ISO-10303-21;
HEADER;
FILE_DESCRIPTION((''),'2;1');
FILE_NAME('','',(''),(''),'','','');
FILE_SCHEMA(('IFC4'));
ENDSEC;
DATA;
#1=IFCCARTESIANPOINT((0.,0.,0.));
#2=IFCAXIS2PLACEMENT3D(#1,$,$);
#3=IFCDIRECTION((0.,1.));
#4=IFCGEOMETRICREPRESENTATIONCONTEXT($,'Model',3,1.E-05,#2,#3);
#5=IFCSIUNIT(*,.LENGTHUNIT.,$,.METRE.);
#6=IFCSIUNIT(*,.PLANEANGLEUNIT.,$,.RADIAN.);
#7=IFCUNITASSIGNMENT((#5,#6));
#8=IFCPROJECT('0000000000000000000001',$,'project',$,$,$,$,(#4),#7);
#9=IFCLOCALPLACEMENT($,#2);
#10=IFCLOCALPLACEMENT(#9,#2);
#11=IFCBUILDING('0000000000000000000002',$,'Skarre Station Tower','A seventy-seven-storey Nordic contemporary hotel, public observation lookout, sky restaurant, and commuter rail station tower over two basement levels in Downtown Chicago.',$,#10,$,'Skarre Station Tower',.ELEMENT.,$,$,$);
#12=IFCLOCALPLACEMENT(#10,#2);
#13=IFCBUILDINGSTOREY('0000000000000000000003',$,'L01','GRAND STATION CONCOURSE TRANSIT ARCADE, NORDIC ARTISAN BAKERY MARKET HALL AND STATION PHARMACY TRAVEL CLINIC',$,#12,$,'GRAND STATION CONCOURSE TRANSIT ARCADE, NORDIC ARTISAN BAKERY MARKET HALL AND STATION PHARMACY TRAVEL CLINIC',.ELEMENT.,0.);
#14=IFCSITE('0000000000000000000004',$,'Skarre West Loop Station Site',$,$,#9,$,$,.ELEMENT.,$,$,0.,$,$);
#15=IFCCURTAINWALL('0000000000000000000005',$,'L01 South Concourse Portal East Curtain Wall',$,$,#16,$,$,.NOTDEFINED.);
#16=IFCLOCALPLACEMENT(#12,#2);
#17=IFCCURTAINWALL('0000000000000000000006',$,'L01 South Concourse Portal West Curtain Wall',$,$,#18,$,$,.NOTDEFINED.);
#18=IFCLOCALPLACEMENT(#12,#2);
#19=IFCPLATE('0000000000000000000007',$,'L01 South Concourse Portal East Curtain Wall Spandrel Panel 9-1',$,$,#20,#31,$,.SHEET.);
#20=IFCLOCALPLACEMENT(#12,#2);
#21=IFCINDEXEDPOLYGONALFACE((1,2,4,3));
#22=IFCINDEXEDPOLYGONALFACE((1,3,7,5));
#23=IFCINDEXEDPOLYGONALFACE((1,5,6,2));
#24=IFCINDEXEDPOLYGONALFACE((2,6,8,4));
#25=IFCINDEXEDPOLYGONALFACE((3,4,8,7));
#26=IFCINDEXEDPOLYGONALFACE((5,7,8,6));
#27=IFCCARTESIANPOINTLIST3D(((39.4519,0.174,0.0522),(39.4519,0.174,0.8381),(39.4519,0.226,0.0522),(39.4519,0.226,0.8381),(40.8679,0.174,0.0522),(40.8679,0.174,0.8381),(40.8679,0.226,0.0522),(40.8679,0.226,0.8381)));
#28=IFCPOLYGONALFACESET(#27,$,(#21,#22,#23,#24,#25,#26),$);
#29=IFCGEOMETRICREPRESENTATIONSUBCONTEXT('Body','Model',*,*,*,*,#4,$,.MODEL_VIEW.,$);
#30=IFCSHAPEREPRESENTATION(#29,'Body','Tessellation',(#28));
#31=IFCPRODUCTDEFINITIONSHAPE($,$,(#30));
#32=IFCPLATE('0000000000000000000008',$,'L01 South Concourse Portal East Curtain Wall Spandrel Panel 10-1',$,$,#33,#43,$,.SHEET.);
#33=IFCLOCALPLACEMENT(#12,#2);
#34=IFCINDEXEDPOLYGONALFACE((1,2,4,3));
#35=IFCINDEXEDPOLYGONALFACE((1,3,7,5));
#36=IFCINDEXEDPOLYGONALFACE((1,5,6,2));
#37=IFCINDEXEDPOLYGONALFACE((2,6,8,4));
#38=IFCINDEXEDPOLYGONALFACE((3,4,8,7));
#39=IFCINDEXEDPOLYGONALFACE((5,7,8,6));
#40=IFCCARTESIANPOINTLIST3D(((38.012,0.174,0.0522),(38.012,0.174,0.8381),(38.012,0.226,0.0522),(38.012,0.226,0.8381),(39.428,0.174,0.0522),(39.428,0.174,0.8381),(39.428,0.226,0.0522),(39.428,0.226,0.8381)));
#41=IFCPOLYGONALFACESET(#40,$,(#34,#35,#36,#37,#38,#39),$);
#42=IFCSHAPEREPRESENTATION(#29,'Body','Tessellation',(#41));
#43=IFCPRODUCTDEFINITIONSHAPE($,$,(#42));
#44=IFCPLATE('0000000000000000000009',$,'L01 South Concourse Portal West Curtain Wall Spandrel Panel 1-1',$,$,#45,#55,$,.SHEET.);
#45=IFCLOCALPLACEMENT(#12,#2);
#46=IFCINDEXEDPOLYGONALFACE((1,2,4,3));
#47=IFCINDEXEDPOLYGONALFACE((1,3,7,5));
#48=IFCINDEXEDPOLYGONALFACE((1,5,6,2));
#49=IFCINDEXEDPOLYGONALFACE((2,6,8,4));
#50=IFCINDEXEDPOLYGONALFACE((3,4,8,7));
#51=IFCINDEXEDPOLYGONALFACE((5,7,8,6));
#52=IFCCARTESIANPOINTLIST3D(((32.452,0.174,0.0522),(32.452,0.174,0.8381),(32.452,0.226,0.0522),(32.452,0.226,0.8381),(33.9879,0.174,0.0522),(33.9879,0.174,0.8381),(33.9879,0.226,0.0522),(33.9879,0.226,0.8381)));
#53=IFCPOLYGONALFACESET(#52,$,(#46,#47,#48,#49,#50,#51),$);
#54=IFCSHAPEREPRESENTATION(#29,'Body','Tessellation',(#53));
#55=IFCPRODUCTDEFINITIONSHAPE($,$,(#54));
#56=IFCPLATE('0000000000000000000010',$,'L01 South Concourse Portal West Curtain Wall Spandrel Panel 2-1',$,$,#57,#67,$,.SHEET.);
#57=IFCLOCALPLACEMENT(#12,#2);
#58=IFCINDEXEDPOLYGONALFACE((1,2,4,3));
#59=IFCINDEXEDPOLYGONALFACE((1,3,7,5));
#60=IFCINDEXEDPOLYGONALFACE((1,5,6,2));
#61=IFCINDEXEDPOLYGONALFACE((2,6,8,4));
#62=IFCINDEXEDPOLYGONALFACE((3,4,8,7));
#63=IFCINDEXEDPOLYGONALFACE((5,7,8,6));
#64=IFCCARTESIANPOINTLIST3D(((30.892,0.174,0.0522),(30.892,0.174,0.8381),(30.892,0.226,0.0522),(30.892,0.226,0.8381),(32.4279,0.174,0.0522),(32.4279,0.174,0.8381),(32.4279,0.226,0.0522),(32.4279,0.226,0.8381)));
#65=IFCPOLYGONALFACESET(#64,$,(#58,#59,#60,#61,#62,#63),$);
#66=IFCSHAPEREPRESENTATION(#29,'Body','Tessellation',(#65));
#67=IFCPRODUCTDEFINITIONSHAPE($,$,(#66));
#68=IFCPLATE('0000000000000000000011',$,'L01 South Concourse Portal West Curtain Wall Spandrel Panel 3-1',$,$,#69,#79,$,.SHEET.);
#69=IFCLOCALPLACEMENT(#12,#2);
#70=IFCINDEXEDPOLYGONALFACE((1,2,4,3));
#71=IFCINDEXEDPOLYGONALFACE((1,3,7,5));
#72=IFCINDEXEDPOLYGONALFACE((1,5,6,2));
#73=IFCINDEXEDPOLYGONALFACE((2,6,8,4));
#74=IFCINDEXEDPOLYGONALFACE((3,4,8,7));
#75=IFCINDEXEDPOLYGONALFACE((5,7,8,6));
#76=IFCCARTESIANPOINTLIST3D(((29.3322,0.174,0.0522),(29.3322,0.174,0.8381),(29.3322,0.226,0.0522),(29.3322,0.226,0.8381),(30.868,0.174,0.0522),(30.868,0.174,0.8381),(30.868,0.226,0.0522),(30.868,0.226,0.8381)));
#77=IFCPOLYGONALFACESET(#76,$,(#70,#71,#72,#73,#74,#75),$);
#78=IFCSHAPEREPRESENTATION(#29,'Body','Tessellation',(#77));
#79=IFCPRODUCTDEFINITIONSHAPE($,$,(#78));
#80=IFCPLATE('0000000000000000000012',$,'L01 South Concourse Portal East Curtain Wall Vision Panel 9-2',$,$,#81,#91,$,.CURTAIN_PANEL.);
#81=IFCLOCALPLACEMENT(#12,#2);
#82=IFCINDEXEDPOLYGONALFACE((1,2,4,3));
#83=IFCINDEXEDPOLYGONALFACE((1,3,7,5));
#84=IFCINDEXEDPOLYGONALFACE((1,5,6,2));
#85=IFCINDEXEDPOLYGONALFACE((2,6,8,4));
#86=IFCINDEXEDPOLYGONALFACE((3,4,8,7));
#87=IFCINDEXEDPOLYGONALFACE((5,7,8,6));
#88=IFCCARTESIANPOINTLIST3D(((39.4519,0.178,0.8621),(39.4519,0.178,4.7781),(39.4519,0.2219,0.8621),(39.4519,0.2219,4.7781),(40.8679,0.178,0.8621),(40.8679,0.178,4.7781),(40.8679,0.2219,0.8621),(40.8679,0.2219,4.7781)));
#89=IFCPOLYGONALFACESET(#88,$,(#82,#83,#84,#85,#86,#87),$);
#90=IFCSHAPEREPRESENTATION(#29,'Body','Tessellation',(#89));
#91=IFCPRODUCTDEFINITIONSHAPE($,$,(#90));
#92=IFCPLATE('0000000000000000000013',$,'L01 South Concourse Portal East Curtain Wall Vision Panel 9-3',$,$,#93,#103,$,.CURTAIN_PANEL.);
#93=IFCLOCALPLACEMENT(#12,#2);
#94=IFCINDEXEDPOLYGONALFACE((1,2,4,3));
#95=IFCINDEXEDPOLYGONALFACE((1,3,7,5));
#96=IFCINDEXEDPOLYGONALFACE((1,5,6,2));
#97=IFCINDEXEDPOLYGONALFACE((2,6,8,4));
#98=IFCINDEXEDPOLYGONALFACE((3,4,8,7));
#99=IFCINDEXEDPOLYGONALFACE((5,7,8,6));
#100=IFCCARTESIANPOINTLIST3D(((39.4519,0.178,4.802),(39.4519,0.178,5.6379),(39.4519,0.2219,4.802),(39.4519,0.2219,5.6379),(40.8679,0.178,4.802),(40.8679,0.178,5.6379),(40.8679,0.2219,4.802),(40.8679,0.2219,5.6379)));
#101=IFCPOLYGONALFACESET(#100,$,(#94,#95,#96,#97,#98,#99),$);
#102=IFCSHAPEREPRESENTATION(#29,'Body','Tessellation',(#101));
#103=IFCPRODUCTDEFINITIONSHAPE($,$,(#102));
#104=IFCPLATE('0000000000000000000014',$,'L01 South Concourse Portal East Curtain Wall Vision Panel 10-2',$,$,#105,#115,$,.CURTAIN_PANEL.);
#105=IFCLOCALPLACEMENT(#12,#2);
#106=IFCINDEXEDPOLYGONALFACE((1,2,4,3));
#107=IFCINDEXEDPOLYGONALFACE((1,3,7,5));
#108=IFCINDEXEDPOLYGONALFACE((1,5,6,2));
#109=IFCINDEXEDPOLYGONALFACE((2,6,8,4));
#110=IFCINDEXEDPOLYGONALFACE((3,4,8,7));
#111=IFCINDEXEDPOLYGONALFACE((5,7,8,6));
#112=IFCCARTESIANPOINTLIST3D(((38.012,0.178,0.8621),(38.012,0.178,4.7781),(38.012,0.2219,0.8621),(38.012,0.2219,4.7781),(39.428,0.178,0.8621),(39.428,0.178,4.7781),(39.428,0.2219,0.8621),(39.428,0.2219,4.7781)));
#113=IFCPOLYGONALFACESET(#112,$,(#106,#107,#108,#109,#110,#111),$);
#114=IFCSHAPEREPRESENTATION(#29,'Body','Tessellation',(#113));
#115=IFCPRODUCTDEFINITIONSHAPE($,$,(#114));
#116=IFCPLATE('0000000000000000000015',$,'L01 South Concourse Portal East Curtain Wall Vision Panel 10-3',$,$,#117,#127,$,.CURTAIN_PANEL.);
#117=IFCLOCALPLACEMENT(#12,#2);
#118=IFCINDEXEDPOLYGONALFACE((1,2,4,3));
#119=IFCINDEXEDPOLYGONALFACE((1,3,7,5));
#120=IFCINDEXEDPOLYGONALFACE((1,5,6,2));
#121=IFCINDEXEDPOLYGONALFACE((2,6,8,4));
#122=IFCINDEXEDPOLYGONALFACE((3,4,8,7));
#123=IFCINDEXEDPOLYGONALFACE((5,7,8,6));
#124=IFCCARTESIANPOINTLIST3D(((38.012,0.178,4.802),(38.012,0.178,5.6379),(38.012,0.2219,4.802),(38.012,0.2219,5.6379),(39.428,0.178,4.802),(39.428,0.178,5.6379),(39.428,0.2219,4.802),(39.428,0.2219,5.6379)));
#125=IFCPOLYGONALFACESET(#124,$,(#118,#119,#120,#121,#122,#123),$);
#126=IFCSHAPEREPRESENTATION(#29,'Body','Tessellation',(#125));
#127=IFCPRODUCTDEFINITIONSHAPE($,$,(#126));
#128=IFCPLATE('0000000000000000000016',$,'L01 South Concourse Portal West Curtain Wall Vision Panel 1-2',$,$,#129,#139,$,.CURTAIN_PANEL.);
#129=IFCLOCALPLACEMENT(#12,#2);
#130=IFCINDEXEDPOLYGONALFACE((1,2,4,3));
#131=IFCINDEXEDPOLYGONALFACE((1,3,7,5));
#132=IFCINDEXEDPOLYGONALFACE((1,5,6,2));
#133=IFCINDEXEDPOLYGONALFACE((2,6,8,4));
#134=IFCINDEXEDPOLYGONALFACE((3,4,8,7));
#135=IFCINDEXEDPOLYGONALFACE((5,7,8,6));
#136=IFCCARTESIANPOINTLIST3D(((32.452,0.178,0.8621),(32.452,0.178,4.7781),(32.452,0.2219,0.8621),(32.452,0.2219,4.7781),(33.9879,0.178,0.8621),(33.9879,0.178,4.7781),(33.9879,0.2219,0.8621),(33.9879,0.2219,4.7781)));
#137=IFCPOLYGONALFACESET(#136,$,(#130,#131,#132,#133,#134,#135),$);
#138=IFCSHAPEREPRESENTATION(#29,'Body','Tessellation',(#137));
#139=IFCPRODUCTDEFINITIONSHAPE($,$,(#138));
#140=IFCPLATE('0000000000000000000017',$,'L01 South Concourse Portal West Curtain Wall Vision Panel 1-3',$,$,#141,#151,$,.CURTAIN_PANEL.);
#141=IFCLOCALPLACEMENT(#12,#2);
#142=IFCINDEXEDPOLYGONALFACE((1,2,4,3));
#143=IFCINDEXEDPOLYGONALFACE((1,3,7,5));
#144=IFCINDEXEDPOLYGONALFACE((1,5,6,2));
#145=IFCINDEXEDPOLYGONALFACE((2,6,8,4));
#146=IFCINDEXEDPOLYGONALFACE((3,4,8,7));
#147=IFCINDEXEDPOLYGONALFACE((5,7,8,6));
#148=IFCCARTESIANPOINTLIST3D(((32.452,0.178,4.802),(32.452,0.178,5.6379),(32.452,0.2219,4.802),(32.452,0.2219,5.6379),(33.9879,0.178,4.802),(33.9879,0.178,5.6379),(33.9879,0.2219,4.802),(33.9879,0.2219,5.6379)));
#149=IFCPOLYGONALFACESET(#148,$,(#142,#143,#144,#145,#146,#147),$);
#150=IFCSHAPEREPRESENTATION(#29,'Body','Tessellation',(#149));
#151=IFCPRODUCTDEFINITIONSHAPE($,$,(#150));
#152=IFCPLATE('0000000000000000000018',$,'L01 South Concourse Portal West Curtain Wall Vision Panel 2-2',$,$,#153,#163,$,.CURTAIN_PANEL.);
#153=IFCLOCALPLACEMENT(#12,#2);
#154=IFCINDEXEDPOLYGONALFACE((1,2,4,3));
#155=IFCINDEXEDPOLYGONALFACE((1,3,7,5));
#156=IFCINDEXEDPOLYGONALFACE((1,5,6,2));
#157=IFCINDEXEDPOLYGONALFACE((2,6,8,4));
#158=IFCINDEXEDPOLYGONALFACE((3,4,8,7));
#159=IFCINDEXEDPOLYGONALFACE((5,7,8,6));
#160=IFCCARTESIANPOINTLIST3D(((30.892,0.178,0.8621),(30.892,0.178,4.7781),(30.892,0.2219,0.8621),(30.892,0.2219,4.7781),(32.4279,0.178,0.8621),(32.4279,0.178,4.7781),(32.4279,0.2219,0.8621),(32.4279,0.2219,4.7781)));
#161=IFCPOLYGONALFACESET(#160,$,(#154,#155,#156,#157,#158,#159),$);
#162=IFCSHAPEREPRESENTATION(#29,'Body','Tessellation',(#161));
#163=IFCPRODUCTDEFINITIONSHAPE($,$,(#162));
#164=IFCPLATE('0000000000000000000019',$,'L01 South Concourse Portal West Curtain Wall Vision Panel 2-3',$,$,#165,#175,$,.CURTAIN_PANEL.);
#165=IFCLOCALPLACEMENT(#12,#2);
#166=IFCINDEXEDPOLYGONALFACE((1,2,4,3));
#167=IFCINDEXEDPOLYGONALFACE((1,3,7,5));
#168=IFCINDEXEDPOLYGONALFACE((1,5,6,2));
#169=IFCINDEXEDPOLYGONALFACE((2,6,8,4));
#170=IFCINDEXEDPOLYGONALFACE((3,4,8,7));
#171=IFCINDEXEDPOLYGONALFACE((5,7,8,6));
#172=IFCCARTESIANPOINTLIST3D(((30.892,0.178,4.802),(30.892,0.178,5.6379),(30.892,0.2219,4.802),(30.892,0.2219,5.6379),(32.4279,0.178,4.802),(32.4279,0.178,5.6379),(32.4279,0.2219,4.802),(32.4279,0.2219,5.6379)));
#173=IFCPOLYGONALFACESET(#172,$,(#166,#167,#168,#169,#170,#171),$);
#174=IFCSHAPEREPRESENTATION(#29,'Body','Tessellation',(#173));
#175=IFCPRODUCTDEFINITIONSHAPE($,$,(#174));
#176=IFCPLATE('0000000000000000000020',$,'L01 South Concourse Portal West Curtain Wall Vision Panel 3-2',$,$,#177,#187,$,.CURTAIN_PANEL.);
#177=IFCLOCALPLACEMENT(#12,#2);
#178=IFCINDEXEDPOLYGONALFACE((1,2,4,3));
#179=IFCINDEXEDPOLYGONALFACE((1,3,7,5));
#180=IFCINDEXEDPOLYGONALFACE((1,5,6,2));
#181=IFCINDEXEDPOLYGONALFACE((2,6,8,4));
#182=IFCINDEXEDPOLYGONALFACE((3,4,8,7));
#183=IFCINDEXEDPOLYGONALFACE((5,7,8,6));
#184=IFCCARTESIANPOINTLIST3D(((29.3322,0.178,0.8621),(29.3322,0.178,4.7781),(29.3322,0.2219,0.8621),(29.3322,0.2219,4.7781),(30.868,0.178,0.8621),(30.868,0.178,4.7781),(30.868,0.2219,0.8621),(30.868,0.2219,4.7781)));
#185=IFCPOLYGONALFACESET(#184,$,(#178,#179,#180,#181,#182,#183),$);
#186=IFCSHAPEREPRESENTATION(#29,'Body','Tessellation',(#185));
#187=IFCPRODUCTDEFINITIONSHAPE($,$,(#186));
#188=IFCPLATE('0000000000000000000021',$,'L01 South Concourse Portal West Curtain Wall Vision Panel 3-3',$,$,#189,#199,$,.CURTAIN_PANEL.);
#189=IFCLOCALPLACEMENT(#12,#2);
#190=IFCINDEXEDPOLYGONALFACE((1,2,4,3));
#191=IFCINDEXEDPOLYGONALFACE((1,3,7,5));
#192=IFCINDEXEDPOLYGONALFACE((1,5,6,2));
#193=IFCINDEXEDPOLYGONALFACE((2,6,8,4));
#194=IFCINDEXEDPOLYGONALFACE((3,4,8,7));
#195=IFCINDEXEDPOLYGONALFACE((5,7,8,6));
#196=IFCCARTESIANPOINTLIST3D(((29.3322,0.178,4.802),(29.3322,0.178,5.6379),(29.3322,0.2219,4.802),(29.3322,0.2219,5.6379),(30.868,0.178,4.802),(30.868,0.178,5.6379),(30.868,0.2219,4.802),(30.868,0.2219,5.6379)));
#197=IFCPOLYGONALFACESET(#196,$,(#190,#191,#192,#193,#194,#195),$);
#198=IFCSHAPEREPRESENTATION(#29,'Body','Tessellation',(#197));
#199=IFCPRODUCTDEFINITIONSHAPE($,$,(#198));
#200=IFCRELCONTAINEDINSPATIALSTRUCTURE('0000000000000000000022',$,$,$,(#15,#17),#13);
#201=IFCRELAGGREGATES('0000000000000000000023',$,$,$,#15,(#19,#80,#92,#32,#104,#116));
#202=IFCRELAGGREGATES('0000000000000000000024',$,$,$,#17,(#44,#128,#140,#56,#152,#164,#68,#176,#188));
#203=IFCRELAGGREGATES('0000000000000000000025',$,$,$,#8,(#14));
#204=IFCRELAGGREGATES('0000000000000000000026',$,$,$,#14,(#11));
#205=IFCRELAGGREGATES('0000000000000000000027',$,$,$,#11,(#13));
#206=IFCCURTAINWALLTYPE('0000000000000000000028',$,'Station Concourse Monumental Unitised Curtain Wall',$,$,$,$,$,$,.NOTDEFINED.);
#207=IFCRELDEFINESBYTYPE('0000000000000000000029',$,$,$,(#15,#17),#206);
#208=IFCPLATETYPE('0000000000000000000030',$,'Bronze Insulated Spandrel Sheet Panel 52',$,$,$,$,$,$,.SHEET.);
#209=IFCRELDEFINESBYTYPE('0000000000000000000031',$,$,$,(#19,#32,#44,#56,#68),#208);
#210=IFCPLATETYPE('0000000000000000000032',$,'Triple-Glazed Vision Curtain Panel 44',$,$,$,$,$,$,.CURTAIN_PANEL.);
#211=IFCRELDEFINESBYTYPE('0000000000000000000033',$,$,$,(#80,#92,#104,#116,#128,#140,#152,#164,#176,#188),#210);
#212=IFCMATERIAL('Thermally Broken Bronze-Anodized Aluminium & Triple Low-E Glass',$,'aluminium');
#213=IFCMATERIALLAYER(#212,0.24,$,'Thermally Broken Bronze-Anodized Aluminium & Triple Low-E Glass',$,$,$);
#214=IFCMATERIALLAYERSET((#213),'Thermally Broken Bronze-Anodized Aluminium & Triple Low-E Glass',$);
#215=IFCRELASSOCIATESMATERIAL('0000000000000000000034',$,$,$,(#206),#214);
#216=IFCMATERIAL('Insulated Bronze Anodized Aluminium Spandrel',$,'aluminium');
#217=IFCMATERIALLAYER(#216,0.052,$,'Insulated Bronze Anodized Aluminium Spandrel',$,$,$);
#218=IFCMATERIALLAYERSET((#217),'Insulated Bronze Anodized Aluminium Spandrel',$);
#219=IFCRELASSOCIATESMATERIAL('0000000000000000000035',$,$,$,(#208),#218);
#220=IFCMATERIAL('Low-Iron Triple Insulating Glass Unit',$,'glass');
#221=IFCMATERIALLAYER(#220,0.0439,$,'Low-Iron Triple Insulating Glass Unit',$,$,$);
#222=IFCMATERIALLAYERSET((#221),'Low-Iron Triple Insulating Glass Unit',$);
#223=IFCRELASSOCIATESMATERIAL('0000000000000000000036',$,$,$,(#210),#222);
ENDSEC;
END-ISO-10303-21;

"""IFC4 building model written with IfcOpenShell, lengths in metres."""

from ifc_helpers import new_model, si_unit, direction, frame, origin, origin_2d, place, context, subcontext, project, spatial, rectangle, extrude, material, layer, layer_set, type_object, element, aggregate, save


model = new_model("IFC4")

# Units and contexts
model_context = context("Model", 3, precision=1e-05, world=origin(), true_north=direction((0.0, 1.0)))
body_context = subcontext(model_context, "Body", "Model", "MODEL_VIEW")
ifc_project = project(units=[si_unit("LENGTHUNIT", "METRE"), si_unit("PLANEANGLEUNIT", "RADIAN")], contexts=[model_context])

# Site, building, storey
site_placement = place(None, origin())
site = spatial("IfcSite", under=ifc_project, at=site_placement, Name="Skarre West Loop Station Site", CompositionType="ELEMENT", RefElevation=0.0)
building_placement = place(site_placement, origin())
building = spatial("IfcBuilding", under=site, at=building_placement, Name="Skarre Station Tower", Description="A seventy-seven-storey Nordic contemporary hotel, public observation lookout, sky restaurant, and commuter rail station tower over two basement levels in Downtown Chicago.", LongName="Skarre Station Tower", CompositionType="ELEMENT")
storey_placement = place(building_placement, origin())
storey = spatial("IfcBuildingStorey", under=building, at=storey_placement, Name="L01", Description="GRAND STATION CONCOURSE TRANSIT ARCADE, NORDIC ARTISAN BAKERY MARKET HALL AND STATION PHARMACY TRAVEL CLINIC", LongName="GRAND STATION CONCOURSE TRANSIT ARCADE, NORDIC ARTISAN BAKERY MARKET HALL AND STATION PHARMACY TRAVEL CLINIC", CompositionType="ELEMENT", Elevation=0.0)

# Curtain walls
ifc_material_1 = material(Name="Thermally Broken Bronze-Anodized Aluminium & Triple Low-E Glass", Category="aluminium")
ifc_layer_1 = layer(ifc_material_1, 0.24, Name="Thermally Broken Bronze-Anodized Aluminium & Triple Low-E Glass")
ifc_layer_set_1 = layer_set([ifc_layer_1], Name="Thermally Broken Bronze-Anodized Aluminium & Triple Low-E Glass")
curtain_wall_type = type_object("IfcCurtainWallType", Name="Station Concourse Monumental Unitised Curtain Wall", PredefinedType="NOTDEFINED", material=ifc_layer_set_1)
curtain_wall_1_placement = place(storey_placement, origin())
curtain_wall_1 = element("IfcCurtainWall", 1, at=curtain_wall_1_placement, inside=storey, type_object=curtain_wall_type, Name="L01 South Concourse Portal East Curtain Wall", PredefinedType="NOTDEFINED")
curtain_wall_2_placement = place(storey_placement, origin())
curtain_wall_2 = element("IfcCurtainWall", 2, at=curtain_wall_2_placement, inside=storey, type_object=curtain_wall_type, Name="L01 South Concourse Portal West Curtain Wall", PredefinedType="NOTDEFINED")

# Plates
ifc_material_2 = material(Name="Insulated Bronze Anodized Aluminium Spandrel", Category="aluminium")
ifc_layer_2 = layer(ifc_material_2, 0.052, Name="Insulated Bronze Anodized Aluminium Spandrel")
ifc_layer_set_2 = layer_set([ifc_layer_2], Name="Insulated Bronze Anodized Aluminium Spandrel")
plate_type_1 = type_object("IfcPlateType", Name="Bronze Insulated Spandrel Sheet Panel 52", PredefinedType="SHEET", material=ifc_layer_set_2)
plate_1_placement = place(storey_placement, frame((40.1599, 0.2, 0.0522), z_axis=(0.0, 0.0, 1.0), x_axis=(-1.0, 0.0, 0.0)))
plate_1 = element("IfcPlate", 3, at=plate_1_placement, type_object=plate_type_1, Name="L01 South Concourse Portal East Curtain Wall Spandrel Panel 9-1", PredefinedType="SHEET", context=body_context, shape_type="SweptSolid", body=[
    extrude(rectangle(XDim=1.416, YDim=0.052, at=origin_2d()), origin(), (0.0, 0.0, 1.0), 0.7859),
])
plate_2_placement = place(storey_placement, frame((38.72, 0.2, 0.0522), z_axis=(0.0, 0.0, 1.0), x_axis=(-1.0, 0.0, 0.0)))
plate_2 = element("IfcPlate", 4, at=plate_2_placement, type_object=plate_type_1, Name="L01 South Concourse Portal East Curtain Wall Spandrel Panel 10-1", PredefinedType="SHEET", context=body_context, shape_type="SweptSolid", body=[
    extrude(rectangle(XDim=1.416, YDim=0.052, at=origin_2d()), origin(), (0.0, 0.0, 1.0), 0.7859),
])
plate_3_placement = place(storey_placement, frame((33.22, 0.2, 0.0522), z_axis=(0.0, 0.0, 1.0), x_axis=(-1.0, 0.0, 0.0)))
plate_3 = element("IfcPlate", 5, at=plate_3_placement, type_object=plate_type_1, Name="L01 South Concourse Portal West Curtain Wall Spandrel Panel 1-1", PredefinedType="SHEET", context=body_context, shape_type="SweptSolid", body=[
    extrude(rectangle(XDim=1.5359, YDim=0.052, at=origin_2d()), origin(), (0.0, 0.0, 1.0), 0.7859),
])
plate_4_placement = place(storey_placement, frame((31.6599, 0.2, 0.0522), z_axis=(0.0, 0.0, 1.0), x_axis=(-1.0, 0.0, 0.0)))
plate_4 = element("IfcPlate", 6, at=plate_4_placement, type_object=plate_type_1, Name="L01 South Concourse Portal West Curtain Wall Spandrel Panel 2-1", PredefinedType="SHEET", context=body_context, shape_type="SweptSolid", body=[
    extrude(rectangle(XDim=1.5359, YDim=0.052, at=origin_2d()), origin(), (0.0, 0.0, 1.0), 0.7859),
])
plate_5_placement = place(storey_placement, frame((30.1001, 0.2, 0.0522), z_axis=(0.0, 0.0, 1.0), x_axis=(-1.0, 0.0, 0.0)))
plate_5 = element("IfcPlate", 7, at=plate_5_placement, type_object=plate_type_1, Name="L01 South Concourse Portal West Curtain Wall Spandrel Panel 3-1", PredefinedType="SHEET", context=body_context, shape_type="SweptSolid", body=[
    extrude(rectangle(XDim=1.5359, YDim=0.052, at=origin_2d()), origin(), (0.0, 0.0, 1.0), 0.7859),
])
ifc_material_3 = material(Name="Low-Iron Triple Insulating Glass Unit", Category="glass")
ifc_layer_3 = layer(ifc_material_3, 0.0439, Name="Low-Iron Triple Insulating Glass Unit")
ifc_layer_set_3 = layer_set([ifc_layer_3], Name="Low-Iron Triple Insulating Glass Unit")
plate_type_2 = type_object("IfcPlateType", Name="Triple-Glazed Vision Curtain Panel 44", PredefinedType="CURTAIN_PANEL", material=ifc_layer_set_3)
plate_6_placement = place(storey_placement, frame((40.1599, 0.2, 0.8621), z_axis=(0.0, 0.0, 1.0), x_axis=(-1.0, 0.0, 0.0)))
plate_6 = element("IfcPlate", 8, at=plate_6_placement, type_object=plate_type_2, Name="L01 South Concourse Portal East Curtain Wall Vision Panel 9-2", PredefinedType="CURTAIN_PANEL", context=body_context, shape_type="SweptSolid", body=[
    extrude(rectangle(XDim=1.416, YDim=0.0439, at=origin_2d()), origin(), (0.0, 0.0, 1.0), 3.916),
])
plate_7_placement = place(storey_placement, frame((40.1599, 0.2, 4.802), z_axis=(0.0, 0.0, 1.0), x_axis=(-1.0, 0.0, 0.0)))
plate_7 = element("IfcPlate", 9, at=plate_7_placement, type_object=plate_type_2, Name="L01 South Concourse Portal East Curtain Wall Vision Panel 9-3", PredefinedType="CURTAIN_PANEL", context=body_context, shape_type="SweptSolid", body=[
    extrude(rectangle(XDim=1.416, YDim=0.0439, at=origin_2d()), origin(), (0.0, 0.0, 1.0), 0.8359),
])
plate_8_placement = place(storey_placement, frame((38.72, 0.2, 0.8621), z_axis=(0.0, 0.0, 1.0), x_axis=(-1.0, 0.0, 0.0)))
plate_8 = element("IfcPlate", 10, at=plate_8_placement, type_object=plate_type_2, Name="L01 South Concourse Portal East Curtain Wall Vision Panel 10-2", PredefinedType="CURTAIN_PANEL", context=body_context, shape_type="SweptSolid", body=[
    extrude(rectangle(XDim=1.416, YDim=0.0439, at=origin_2d()), origin(), (0.0, 0.0, 1.0), 3.916),
])
plate_9_placement = place(storey_placement, frame((38.72, 0.2, 4.802), z_axis=(0.0, 0.0, 1.0), x_axis=(-1.0, 0.0, 0.0)))
plate_9 = element("IfcPlate", 11, at=plate_9_placement, type_object=plate_type_2, Name="L01 South Concourse Portal East Curtain Wall Vision Panel 10-3", PredefinedType="CURTAIN_PANEL", context=body_context, shape_type="SweptSolid", body=[
    extrude(rectangle(XDim=1.416, YDim=0.0439, at=origin_2d()), origin(), (0.0, 0.0, 1.0), 0.8359),
])
aggregate(curtain_wall_1, [plate_1, plate_6, plate_7, plate_2, plate_8, plate_9])
plate_10_placement = place(storey_placement, frame((33.22, 0.2, 0.8621), z_axis=(0.0, 0.0, 1.0), x_axis=(-1.0, 0.0, 0.0)))
plate_10 = element("IfcPlate", 12, at=plate_10_placement, type_object=plate_type_2, Name="L01 South Concourse Portal West Curtain Wall Vision Panel 1-2", PredefinedType="CURTAIN_PANEL", context=body_context, shape_type="SweptSolid", body=[
    extrude(rectangle(XDim=1.5359, YDim=0.0439, at=origin_2d()), origin(), (0.0, 0.0, 1.0), 3.916),
])
plate_11_placement = place(storey_placement, frame((33.22, 0.2, 4.802), z_axis=(0.0, 0.0, 1.0), x_axis=(-1.0, 0.0, 0.0)))
plate_11 = element("IfcPlate", 13, at=plate_11_placement, type_object=plate_type_2, Name="L01 South Concourse Portal West Curtain Wall Vision Panel 1-3", PredefinedType="CURTAIN_PANEL", context=body_context, shape_type="SweptSolid", body=[
    extrude(rectangle(XDim=1.5359, YDim=0.0439, at=origin_2d()), origin(), (0.0, 0.0, 1.0), 0.8359),
])
plate_12_placement = place(storey_placement, frame((31.6599, 0.2, 0.8621), z_axis=(0.0, 0.0, 1.0), x_axis=(-1.0, 0.0, 0.0)))
plate_12 = element("IfcPlate", 14, at=plate_12_placement, type_object=plate_type_2, Name="L01 South Concourse Portal West Curtain Wall Vision Panel 2-2", PredefinedType="CURTAIN_PANEL", context=body_context, shape_type="SweptSolid", body=[
    extrude(rectangle(XDim=1.5359, YDim=0.0439, at=origin_2d()), origin(), (0.0, 0.0, 1.0), 3.916),
])
plate_13_placement = place(storey_placement, frame((31.6599, 0.2, 4.802), z_axis=(0.0, 0.0, 1.0), x_axis=(-1.0, 0.0, 0.0)))
plate_13 = element("IfcPlate", 15, at=plate_13_placement, type_object=plate_type_2, Name="L01 South Concourse Portal West Curtain Wall Vision Panel 2-3", PredefinedType="CURTAIN_PANEL", context=body_context, shape_type="SweptSolid", body=[
    extrude(rectangle(XDim=1.5359, YDim=0.0439, at=origin_2d()), origin(), (0.0, 0.0, 1.0), 0.8359),
])
plate_14_placement = place(storey_placement, frame((30.1001, 0.2, 0.8621), z_axis=(0.0, 0.0, 1.0), x_axis=(-1.0, 0.0, 0.0)))
plate_14 = element("IfcPlate", 16, at=plate_14_placement, type_object=plate_type_2, Name="L01 South Concourse Portal West Curtain Wall Vision Panel 3-2", PredefinedType="CURTAIN_PANEL", context=body_context, shape_type="SweptSolid", body=[
    extrude(rectangle(XDim=1.5359, YDim=0.0439, at=origin_2d()), origin(), (0.0, 0.0, 1.0), 3.916),
])
plate_15_placement = place(storey_placement, frame((30.1001, 0.2, 4.802), z_axis=(0.0, 0.0, 1.0), x_axis=(-1.0, 0.0, 0.0)))
plate_15 = element("IfcPlate", 17, at=plate_15_placement, type_object=plate_type_2, Name="L01 South Concourse Portal West Curtain Wall Vision Panel 3-3", PredefinedType="CURTAIN_PANEL", context=body_context, shape_type="SweptSolid", body=[
    extrude(rectangle(XDim=1.5359, YDim=0.0439, at=origin_2d()), origin(), (0.0, 0.0, 1.0), 0.8359),
])
aggregate(curtain_wall_2, [plate_3, plate_10, plate_11, plate_4, plate_12, plate_13, plate_5, plate_14, plate_15])

save(model, "model.ifc")
